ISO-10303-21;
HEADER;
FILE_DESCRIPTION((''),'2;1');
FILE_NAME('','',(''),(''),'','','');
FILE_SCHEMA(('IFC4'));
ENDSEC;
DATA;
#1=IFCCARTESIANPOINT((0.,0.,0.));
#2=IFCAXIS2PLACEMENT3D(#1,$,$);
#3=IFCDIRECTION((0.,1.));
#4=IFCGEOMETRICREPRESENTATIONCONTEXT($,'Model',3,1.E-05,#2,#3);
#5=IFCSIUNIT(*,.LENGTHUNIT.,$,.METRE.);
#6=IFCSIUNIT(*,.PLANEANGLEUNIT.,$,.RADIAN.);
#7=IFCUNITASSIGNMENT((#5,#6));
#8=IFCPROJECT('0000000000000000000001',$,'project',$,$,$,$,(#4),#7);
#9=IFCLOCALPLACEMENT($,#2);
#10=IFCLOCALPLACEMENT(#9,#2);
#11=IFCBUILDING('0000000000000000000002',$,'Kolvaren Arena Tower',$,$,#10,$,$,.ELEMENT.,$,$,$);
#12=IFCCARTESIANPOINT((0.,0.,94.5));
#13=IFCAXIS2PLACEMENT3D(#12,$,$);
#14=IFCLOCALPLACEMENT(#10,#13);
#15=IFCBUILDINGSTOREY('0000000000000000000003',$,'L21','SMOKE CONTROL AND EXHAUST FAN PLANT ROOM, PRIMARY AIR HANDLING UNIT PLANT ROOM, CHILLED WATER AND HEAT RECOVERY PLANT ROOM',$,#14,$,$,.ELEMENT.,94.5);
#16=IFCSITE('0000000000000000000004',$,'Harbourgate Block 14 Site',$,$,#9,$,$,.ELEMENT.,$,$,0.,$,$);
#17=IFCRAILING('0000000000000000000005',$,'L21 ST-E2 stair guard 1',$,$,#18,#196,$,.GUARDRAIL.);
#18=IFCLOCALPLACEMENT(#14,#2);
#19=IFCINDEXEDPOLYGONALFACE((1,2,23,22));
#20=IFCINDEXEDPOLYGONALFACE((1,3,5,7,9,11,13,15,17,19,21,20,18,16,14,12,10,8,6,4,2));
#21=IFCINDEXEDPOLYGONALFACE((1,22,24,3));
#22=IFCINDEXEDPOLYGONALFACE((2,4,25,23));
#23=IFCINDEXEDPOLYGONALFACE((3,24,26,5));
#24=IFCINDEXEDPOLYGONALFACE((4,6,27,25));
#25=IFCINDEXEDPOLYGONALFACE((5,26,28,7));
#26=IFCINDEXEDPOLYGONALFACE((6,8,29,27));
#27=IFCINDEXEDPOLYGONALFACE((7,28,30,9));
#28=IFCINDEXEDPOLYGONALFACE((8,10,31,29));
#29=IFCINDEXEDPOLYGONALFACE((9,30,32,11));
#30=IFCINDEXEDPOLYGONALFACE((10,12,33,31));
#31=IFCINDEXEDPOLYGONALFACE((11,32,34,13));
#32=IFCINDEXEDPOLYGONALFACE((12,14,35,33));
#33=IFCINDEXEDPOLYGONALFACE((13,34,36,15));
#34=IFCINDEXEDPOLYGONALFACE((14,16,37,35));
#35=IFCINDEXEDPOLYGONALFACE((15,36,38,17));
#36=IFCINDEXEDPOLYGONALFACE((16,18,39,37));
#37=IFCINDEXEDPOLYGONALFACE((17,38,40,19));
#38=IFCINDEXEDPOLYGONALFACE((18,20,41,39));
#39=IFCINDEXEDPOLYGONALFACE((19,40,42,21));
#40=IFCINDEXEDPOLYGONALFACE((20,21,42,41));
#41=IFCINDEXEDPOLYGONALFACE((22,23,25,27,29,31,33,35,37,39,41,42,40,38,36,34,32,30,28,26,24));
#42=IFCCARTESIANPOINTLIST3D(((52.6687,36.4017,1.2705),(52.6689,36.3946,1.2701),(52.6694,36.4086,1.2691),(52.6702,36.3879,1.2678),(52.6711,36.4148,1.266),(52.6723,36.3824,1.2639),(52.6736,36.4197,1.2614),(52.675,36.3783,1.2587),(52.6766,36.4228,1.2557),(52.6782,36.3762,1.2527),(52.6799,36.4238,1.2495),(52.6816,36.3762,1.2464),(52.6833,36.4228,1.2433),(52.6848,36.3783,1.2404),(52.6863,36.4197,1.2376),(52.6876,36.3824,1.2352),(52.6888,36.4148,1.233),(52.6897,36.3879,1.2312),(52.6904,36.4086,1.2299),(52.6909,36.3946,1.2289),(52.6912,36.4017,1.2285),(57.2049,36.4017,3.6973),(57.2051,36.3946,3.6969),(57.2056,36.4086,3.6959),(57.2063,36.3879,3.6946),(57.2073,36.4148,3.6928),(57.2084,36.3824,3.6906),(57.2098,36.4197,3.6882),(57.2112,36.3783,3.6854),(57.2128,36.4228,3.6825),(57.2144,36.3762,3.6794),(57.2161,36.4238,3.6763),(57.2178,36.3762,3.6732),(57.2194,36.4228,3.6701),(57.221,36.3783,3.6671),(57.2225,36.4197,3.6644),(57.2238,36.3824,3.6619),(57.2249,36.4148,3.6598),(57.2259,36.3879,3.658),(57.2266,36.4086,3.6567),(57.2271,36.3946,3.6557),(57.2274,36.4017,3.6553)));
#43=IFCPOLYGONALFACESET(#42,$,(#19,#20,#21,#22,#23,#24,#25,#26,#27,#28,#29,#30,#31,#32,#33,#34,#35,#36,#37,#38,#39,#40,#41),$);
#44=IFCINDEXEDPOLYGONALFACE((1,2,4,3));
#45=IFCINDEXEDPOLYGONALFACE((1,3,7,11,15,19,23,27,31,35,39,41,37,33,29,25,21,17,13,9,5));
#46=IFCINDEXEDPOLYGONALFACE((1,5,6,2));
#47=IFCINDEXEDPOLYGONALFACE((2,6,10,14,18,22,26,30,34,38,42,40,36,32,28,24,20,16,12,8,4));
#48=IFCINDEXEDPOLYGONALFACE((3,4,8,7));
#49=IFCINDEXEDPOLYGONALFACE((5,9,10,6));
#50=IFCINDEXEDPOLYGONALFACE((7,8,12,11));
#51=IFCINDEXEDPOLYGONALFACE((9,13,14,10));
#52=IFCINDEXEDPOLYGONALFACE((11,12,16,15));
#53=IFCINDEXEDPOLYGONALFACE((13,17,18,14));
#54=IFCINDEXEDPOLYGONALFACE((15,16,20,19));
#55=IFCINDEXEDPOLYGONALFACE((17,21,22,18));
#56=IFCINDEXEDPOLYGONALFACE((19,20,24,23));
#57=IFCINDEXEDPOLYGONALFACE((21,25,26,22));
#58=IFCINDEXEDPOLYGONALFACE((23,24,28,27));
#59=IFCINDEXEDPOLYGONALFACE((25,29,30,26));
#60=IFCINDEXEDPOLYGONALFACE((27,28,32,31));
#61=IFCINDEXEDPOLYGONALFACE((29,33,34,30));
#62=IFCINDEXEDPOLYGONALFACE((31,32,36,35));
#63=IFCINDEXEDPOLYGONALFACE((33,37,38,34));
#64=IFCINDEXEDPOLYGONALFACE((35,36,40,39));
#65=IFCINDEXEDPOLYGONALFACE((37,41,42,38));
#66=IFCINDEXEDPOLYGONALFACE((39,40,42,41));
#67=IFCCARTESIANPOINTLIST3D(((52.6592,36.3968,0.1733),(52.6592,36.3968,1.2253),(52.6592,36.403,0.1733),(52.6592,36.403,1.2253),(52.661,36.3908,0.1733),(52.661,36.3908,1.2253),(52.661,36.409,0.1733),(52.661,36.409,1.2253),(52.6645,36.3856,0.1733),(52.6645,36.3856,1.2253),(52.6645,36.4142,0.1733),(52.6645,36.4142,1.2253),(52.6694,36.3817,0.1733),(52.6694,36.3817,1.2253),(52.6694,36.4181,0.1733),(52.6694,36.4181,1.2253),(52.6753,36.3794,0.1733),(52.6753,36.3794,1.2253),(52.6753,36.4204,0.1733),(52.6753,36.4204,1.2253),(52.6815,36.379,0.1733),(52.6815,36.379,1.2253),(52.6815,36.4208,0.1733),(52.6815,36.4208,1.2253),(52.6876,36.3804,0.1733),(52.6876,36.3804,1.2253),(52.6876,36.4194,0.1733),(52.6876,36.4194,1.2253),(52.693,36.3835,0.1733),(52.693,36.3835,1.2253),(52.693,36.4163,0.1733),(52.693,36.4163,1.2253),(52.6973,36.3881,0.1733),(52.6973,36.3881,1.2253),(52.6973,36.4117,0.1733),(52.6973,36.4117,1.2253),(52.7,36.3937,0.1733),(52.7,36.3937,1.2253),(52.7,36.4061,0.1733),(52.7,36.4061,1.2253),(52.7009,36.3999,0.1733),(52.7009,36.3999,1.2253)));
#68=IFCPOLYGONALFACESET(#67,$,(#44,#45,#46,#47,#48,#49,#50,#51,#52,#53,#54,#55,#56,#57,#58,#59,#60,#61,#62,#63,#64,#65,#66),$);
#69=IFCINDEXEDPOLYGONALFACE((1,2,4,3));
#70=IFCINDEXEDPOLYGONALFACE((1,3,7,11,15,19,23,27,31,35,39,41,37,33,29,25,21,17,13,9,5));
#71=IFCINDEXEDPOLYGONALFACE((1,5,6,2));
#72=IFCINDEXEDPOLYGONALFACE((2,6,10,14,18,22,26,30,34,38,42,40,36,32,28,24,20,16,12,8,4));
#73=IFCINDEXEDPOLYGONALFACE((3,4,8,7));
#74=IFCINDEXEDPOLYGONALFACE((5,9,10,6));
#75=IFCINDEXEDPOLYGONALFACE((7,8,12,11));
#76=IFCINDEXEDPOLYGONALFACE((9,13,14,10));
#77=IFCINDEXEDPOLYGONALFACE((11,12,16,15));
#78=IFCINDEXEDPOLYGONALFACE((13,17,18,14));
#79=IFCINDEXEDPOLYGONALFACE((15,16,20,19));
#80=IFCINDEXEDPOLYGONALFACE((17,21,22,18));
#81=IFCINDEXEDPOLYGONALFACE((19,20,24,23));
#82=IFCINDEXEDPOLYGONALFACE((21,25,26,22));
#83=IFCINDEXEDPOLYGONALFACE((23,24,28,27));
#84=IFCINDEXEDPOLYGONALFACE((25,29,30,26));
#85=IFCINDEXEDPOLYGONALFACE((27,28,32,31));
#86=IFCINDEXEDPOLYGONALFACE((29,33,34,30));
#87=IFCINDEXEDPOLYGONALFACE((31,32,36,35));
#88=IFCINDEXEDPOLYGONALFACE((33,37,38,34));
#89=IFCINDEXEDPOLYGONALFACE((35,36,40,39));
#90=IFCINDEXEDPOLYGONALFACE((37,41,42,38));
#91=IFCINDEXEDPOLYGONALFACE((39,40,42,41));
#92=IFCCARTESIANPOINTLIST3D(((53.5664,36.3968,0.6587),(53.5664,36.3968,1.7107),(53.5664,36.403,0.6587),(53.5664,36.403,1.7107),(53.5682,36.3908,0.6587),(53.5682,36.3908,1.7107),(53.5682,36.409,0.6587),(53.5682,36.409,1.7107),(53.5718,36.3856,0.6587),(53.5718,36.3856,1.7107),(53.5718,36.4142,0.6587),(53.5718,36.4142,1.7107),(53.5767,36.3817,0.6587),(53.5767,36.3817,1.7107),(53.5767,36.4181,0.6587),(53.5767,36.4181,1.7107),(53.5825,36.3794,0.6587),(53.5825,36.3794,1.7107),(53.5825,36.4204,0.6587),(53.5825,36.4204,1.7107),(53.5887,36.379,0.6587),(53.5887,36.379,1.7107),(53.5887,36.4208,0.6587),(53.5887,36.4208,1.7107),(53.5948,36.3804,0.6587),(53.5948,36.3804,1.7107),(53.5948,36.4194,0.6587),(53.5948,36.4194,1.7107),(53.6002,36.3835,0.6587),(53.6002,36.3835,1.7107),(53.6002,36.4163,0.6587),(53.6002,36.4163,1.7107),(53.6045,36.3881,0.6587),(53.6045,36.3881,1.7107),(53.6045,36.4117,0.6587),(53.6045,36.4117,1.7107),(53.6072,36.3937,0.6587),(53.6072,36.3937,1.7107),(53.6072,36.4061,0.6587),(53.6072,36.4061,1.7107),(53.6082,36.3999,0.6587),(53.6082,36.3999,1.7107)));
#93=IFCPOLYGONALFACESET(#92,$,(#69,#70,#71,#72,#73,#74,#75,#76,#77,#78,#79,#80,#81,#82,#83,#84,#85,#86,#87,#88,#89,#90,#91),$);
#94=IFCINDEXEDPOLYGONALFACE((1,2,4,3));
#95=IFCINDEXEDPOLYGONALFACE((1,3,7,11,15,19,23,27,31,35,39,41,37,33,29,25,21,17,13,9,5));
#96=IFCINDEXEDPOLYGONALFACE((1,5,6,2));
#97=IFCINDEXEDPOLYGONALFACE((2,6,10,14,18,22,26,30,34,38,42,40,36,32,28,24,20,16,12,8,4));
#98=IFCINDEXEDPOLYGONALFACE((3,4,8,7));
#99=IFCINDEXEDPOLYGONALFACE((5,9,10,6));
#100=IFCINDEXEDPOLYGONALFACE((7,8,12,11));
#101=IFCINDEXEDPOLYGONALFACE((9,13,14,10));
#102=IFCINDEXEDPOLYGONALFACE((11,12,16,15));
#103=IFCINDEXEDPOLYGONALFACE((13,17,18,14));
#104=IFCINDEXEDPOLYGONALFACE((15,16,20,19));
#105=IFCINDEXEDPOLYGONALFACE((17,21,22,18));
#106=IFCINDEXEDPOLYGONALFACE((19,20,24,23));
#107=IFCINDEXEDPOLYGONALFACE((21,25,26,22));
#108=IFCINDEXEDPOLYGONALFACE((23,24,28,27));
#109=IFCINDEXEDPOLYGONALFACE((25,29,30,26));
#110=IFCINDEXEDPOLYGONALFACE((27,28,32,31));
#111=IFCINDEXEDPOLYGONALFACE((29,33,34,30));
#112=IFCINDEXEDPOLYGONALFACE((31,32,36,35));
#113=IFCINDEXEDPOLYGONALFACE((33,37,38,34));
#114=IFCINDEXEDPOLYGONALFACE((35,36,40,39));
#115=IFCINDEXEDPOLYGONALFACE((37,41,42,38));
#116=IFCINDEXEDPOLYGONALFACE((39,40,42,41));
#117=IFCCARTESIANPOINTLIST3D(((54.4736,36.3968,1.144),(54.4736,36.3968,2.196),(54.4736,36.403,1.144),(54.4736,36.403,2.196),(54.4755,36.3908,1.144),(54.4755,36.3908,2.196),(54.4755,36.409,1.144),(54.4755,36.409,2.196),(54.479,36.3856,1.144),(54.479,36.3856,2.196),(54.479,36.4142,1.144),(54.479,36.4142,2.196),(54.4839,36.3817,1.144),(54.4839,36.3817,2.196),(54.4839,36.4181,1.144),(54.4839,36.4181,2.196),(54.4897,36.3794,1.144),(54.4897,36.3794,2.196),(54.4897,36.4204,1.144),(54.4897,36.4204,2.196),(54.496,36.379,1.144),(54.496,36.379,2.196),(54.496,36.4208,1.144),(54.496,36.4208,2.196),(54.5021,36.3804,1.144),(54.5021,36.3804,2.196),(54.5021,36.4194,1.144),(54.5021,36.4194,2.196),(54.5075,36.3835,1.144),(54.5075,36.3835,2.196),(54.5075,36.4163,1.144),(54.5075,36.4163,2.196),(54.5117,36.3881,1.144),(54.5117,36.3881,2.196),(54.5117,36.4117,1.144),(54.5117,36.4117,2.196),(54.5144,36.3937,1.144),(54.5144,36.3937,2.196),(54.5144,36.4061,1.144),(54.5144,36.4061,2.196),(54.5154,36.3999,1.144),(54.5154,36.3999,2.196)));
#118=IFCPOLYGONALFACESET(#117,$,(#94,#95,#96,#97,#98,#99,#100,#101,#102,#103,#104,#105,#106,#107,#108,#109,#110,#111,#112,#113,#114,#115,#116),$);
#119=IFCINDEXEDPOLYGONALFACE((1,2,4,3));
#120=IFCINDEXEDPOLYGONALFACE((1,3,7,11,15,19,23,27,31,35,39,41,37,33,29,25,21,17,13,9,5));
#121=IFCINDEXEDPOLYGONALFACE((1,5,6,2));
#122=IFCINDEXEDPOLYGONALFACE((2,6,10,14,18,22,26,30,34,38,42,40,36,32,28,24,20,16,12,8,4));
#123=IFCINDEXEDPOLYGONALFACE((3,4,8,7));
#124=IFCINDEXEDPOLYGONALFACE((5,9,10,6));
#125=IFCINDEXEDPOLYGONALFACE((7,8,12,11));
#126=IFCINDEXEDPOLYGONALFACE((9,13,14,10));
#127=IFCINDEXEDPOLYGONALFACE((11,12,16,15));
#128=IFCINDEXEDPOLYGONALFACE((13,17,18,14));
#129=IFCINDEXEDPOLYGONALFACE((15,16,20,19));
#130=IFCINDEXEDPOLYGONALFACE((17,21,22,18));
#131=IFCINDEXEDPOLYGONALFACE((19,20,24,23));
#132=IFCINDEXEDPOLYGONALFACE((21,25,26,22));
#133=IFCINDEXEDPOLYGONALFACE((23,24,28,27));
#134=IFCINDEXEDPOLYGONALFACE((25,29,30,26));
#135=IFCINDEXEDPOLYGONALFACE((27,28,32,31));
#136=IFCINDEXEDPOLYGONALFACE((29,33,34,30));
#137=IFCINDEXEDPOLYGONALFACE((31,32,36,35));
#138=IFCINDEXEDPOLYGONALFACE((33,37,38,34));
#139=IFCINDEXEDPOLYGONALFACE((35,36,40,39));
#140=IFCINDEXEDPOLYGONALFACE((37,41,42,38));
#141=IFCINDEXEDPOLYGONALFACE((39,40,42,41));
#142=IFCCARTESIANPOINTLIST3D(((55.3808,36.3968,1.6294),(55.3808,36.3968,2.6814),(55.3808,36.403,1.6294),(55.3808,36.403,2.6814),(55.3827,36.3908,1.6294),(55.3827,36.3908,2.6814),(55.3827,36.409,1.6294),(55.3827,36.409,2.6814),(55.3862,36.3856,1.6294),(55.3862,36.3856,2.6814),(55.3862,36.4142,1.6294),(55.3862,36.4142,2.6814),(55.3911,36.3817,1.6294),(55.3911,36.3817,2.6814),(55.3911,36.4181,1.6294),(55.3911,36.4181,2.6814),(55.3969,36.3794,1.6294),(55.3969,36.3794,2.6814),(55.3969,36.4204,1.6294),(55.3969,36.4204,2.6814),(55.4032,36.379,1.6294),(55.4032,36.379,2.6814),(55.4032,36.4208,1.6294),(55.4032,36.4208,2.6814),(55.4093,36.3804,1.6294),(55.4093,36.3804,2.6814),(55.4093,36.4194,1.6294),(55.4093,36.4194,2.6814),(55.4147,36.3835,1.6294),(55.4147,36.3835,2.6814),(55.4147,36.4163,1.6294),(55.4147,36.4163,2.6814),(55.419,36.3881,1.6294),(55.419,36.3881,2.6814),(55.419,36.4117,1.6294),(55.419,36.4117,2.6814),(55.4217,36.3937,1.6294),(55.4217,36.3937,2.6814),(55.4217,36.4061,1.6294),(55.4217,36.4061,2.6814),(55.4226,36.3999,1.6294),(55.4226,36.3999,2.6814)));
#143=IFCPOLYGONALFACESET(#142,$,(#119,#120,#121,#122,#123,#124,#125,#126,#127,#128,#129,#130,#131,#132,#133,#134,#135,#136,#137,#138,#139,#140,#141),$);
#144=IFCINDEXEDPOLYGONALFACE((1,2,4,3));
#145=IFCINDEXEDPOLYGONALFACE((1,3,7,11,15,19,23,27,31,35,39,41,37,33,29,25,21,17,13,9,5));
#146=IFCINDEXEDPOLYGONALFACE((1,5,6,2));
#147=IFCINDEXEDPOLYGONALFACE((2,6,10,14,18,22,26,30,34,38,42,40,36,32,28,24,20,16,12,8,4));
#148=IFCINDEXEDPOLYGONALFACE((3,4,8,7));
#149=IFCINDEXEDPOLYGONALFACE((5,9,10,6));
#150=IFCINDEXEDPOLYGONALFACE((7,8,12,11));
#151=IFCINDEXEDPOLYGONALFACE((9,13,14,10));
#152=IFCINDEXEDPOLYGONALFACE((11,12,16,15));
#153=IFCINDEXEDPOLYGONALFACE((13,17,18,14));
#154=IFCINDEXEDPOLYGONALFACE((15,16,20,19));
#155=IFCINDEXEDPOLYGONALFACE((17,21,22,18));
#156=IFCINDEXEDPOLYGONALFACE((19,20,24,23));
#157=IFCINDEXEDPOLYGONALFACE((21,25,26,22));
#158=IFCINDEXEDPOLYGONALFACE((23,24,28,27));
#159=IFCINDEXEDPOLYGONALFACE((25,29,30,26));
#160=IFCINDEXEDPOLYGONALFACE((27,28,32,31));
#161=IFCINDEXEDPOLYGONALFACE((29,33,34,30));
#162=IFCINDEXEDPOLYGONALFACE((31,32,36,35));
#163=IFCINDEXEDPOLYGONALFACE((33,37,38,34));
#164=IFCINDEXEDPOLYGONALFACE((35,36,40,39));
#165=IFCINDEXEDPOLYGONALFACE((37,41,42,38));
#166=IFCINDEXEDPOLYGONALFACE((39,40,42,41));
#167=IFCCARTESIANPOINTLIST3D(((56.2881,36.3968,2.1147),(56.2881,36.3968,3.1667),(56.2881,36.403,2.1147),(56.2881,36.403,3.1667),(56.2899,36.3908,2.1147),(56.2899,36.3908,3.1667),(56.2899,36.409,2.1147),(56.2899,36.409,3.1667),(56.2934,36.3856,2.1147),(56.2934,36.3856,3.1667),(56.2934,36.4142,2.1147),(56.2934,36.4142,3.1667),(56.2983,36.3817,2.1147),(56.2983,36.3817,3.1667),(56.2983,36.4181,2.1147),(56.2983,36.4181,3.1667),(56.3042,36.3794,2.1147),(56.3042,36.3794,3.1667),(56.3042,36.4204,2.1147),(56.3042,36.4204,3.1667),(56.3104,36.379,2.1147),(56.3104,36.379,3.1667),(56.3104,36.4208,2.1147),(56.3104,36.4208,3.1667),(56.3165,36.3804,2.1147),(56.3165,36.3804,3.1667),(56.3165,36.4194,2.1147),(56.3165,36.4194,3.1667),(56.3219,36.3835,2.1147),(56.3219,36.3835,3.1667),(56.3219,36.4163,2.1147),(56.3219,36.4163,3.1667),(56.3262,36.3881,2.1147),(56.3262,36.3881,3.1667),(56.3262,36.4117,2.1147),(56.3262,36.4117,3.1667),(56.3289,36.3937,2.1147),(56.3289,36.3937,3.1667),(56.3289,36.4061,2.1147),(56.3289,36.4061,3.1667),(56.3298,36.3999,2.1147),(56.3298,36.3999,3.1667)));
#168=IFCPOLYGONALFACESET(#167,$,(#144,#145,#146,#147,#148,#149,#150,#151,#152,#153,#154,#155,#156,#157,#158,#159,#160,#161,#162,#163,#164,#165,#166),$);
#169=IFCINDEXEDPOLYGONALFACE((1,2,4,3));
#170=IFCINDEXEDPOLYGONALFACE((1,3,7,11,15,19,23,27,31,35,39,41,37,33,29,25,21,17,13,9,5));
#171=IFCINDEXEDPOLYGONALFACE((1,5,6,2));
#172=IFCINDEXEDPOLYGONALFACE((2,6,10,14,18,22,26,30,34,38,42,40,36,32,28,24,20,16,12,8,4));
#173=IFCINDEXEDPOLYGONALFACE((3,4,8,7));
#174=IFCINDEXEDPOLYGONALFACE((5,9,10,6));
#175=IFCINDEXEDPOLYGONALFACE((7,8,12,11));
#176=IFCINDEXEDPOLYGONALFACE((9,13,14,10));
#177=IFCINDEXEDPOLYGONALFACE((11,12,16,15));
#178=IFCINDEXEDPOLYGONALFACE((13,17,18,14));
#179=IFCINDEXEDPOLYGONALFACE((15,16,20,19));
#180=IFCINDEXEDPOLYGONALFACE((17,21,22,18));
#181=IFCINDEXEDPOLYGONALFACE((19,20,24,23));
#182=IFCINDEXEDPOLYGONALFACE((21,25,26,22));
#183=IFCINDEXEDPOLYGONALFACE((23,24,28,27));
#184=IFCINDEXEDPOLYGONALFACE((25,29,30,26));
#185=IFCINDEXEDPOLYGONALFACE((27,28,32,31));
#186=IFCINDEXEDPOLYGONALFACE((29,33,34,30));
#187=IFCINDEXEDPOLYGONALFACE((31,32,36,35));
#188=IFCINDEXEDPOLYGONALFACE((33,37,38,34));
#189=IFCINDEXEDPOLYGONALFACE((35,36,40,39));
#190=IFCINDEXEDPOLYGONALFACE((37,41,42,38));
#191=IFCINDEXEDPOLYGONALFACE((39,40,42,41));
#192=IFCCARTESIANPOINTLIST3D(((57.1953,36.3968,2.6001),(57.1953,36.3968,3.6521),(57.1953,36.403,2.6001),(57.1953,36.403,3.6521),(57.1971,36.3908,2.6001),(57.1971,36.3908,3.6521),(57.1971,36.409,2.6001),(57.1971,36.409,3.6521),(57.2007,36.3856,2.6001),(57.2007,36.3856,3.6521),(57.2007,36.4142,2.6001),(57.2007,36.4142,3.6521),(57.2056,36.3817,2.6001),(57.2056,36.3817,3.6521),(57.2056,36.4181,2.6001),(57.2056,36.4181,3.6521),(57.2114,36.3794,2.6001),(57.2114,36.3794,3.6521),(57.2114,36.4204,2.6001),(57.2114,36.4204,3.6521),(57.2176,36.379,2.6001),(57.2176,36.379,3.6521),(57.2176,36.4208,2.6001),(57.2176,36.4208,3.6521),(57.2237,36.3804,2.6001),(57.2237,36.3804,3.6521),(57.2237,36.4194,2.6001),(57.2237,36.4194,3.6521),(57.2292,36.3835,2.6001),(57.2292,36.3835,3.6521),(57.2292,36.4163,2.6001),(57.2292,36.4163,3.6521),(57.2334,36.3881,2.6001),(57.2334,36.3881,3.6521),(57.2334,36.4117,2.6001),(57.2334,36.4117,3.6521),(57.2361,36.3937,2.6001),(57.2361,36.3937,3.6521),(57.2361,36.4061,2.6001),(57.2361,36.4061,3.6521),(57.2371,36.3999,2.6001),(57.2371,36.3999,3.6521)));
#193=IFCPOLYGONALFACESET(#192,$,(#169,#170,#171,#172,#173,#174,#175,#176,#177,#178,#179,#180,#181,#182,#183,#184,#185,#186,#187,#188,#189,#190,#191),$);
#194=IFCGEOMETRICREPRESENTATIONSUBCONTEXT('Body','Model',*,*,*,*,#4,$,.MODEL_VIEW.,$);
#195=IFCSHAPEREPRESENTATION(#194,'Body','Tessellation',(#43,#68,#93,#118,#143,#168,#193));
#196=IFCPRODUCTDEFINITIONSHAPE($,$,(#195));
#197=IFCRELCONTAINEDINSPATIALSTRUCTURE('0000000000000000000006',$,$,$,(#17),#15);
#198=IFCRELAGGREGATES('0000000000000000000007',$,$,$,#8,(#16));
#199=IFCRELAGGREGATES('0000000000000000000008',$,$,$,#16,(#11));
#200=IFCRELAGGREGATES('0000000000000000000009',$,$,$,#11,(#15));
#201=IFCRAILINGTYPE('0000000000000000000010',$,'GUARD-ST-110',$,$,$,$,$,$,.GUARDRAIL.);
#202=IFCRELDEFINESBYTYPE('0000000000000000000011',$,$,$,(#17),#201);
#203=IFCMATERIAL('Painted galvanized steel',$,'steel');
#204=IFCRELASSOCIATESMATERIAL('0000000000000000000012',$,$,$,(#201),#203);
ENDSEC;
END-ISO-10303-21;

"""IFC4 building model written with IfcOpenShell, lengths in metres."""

from ifc_helpers import new_model, si_unit, direction, frame, origin, origin_2d, place, context, subcontext, project, spatial, circle, extrude, material, type_object, element, save


model = new_model("IFC4")

# Units and contexts
model_context = context("Model", 3, precision=1e-05, world=origin(), true_north=direction((0.0, 1.0)))
body_context = subcontext(model_context, "Body", "Model", "MODEL_VIEW")
ifc_project = project(units=[si_unit("LENGTHUNIT", "METRE"), si_unit("PLANEANGLEUNIT", "RADIAN")], contexts=[model_context])

# Site, building, storey
site_placement = place(None, origin())
site = spatial("IfcSite", under=ifc_project, at=site_placement, Name="Harbourgate Block 14 Site", CompositionType="ELEMENT", RefElevation=0.0)
building_placement = place(site_placement, origin())
building = spatial("IfcBuilding", under=site, at=building_placement, Name="Kolvaren Arena Tower", CompositionType="ELEMENT")
storey_placement = place(building_placement, frame((0.0, 0.0, 94.5)))
storey = spatial("IfcBuildingStorey", under=building, at=storey_placement, Name="L21", Description="SMOKE CONTROL AND EXHAUST FAN PLANT ROOM, PRIMARY AIR HANDLING UNIT PLANT ROOM, CHILLED WATER AND HEAT RECOVERY PLANT ROOM", CompositionType="ELEMENT", Elevation=94.5)

# Railing
ifc_material_1 = material(Name="Painted galvanized steel", Category="steel")
railing_type_1 = type_object("IfcRailingType", Name="GUARD-ST-110", PredefinedType="GUARDRAIL", material=ifc_material_1)
railing_1_placement = place(storey_placement, frame((52.6799, 36.3999, 0.1733)))
element("IfcRailing", 1, at=railing_1_placement, inside=storey, type_object=railing_type_1, Name="L21 ST-E2 stair guard 1", PredefinedType="GUARDRAIL", context=body_context, shape_type="SweptSolid", body=[
    extrude(circle(Radius=0.0239, at=origin_2d()), frame((0.0, 0.0, 1.0762), z_axis=(0.881748, 0.0, 0.471721), x_axis=(0.0, 1.0, 0.0)), (0.0, 0.0, 1.0), 5.1445),
    extrude(circle(Radius=0.021, at=origin_2d()), origin(), (0.0, 0.0, 1.0), 1.052),
    extrude(circle(Radius=0.021, at=origin_2d()), frame((0.9072, 0.0, 0.4854)), (0.0, 0.0, 1.0), 1.052),
    extrude(circle(Radius=0.021, at=origin_2d()), frame((1.8145, 0.0, 0.9707)), (0.0, 0.0, 1.0), 1.052),
    extrude(circle(Radius=0.021, at=origin_2d()), frame((2.7217, 0.0, 1.4561)), (0.0, 0.0, 1.0), 1.052),
    extrude(circle(Radius=0.021, at=origin_2d()), frame((3.6289, 0.0, 1.9414)), (0.0, 0.0, 1.0), 1.052),
    extrude(circle(Radius=0.021, at=origin_2d()), frame((4.5361, 0.0, 2.4268)), (0.0, 0.0, 1.0), 1.052),
])

save(model, "model.ifc")
